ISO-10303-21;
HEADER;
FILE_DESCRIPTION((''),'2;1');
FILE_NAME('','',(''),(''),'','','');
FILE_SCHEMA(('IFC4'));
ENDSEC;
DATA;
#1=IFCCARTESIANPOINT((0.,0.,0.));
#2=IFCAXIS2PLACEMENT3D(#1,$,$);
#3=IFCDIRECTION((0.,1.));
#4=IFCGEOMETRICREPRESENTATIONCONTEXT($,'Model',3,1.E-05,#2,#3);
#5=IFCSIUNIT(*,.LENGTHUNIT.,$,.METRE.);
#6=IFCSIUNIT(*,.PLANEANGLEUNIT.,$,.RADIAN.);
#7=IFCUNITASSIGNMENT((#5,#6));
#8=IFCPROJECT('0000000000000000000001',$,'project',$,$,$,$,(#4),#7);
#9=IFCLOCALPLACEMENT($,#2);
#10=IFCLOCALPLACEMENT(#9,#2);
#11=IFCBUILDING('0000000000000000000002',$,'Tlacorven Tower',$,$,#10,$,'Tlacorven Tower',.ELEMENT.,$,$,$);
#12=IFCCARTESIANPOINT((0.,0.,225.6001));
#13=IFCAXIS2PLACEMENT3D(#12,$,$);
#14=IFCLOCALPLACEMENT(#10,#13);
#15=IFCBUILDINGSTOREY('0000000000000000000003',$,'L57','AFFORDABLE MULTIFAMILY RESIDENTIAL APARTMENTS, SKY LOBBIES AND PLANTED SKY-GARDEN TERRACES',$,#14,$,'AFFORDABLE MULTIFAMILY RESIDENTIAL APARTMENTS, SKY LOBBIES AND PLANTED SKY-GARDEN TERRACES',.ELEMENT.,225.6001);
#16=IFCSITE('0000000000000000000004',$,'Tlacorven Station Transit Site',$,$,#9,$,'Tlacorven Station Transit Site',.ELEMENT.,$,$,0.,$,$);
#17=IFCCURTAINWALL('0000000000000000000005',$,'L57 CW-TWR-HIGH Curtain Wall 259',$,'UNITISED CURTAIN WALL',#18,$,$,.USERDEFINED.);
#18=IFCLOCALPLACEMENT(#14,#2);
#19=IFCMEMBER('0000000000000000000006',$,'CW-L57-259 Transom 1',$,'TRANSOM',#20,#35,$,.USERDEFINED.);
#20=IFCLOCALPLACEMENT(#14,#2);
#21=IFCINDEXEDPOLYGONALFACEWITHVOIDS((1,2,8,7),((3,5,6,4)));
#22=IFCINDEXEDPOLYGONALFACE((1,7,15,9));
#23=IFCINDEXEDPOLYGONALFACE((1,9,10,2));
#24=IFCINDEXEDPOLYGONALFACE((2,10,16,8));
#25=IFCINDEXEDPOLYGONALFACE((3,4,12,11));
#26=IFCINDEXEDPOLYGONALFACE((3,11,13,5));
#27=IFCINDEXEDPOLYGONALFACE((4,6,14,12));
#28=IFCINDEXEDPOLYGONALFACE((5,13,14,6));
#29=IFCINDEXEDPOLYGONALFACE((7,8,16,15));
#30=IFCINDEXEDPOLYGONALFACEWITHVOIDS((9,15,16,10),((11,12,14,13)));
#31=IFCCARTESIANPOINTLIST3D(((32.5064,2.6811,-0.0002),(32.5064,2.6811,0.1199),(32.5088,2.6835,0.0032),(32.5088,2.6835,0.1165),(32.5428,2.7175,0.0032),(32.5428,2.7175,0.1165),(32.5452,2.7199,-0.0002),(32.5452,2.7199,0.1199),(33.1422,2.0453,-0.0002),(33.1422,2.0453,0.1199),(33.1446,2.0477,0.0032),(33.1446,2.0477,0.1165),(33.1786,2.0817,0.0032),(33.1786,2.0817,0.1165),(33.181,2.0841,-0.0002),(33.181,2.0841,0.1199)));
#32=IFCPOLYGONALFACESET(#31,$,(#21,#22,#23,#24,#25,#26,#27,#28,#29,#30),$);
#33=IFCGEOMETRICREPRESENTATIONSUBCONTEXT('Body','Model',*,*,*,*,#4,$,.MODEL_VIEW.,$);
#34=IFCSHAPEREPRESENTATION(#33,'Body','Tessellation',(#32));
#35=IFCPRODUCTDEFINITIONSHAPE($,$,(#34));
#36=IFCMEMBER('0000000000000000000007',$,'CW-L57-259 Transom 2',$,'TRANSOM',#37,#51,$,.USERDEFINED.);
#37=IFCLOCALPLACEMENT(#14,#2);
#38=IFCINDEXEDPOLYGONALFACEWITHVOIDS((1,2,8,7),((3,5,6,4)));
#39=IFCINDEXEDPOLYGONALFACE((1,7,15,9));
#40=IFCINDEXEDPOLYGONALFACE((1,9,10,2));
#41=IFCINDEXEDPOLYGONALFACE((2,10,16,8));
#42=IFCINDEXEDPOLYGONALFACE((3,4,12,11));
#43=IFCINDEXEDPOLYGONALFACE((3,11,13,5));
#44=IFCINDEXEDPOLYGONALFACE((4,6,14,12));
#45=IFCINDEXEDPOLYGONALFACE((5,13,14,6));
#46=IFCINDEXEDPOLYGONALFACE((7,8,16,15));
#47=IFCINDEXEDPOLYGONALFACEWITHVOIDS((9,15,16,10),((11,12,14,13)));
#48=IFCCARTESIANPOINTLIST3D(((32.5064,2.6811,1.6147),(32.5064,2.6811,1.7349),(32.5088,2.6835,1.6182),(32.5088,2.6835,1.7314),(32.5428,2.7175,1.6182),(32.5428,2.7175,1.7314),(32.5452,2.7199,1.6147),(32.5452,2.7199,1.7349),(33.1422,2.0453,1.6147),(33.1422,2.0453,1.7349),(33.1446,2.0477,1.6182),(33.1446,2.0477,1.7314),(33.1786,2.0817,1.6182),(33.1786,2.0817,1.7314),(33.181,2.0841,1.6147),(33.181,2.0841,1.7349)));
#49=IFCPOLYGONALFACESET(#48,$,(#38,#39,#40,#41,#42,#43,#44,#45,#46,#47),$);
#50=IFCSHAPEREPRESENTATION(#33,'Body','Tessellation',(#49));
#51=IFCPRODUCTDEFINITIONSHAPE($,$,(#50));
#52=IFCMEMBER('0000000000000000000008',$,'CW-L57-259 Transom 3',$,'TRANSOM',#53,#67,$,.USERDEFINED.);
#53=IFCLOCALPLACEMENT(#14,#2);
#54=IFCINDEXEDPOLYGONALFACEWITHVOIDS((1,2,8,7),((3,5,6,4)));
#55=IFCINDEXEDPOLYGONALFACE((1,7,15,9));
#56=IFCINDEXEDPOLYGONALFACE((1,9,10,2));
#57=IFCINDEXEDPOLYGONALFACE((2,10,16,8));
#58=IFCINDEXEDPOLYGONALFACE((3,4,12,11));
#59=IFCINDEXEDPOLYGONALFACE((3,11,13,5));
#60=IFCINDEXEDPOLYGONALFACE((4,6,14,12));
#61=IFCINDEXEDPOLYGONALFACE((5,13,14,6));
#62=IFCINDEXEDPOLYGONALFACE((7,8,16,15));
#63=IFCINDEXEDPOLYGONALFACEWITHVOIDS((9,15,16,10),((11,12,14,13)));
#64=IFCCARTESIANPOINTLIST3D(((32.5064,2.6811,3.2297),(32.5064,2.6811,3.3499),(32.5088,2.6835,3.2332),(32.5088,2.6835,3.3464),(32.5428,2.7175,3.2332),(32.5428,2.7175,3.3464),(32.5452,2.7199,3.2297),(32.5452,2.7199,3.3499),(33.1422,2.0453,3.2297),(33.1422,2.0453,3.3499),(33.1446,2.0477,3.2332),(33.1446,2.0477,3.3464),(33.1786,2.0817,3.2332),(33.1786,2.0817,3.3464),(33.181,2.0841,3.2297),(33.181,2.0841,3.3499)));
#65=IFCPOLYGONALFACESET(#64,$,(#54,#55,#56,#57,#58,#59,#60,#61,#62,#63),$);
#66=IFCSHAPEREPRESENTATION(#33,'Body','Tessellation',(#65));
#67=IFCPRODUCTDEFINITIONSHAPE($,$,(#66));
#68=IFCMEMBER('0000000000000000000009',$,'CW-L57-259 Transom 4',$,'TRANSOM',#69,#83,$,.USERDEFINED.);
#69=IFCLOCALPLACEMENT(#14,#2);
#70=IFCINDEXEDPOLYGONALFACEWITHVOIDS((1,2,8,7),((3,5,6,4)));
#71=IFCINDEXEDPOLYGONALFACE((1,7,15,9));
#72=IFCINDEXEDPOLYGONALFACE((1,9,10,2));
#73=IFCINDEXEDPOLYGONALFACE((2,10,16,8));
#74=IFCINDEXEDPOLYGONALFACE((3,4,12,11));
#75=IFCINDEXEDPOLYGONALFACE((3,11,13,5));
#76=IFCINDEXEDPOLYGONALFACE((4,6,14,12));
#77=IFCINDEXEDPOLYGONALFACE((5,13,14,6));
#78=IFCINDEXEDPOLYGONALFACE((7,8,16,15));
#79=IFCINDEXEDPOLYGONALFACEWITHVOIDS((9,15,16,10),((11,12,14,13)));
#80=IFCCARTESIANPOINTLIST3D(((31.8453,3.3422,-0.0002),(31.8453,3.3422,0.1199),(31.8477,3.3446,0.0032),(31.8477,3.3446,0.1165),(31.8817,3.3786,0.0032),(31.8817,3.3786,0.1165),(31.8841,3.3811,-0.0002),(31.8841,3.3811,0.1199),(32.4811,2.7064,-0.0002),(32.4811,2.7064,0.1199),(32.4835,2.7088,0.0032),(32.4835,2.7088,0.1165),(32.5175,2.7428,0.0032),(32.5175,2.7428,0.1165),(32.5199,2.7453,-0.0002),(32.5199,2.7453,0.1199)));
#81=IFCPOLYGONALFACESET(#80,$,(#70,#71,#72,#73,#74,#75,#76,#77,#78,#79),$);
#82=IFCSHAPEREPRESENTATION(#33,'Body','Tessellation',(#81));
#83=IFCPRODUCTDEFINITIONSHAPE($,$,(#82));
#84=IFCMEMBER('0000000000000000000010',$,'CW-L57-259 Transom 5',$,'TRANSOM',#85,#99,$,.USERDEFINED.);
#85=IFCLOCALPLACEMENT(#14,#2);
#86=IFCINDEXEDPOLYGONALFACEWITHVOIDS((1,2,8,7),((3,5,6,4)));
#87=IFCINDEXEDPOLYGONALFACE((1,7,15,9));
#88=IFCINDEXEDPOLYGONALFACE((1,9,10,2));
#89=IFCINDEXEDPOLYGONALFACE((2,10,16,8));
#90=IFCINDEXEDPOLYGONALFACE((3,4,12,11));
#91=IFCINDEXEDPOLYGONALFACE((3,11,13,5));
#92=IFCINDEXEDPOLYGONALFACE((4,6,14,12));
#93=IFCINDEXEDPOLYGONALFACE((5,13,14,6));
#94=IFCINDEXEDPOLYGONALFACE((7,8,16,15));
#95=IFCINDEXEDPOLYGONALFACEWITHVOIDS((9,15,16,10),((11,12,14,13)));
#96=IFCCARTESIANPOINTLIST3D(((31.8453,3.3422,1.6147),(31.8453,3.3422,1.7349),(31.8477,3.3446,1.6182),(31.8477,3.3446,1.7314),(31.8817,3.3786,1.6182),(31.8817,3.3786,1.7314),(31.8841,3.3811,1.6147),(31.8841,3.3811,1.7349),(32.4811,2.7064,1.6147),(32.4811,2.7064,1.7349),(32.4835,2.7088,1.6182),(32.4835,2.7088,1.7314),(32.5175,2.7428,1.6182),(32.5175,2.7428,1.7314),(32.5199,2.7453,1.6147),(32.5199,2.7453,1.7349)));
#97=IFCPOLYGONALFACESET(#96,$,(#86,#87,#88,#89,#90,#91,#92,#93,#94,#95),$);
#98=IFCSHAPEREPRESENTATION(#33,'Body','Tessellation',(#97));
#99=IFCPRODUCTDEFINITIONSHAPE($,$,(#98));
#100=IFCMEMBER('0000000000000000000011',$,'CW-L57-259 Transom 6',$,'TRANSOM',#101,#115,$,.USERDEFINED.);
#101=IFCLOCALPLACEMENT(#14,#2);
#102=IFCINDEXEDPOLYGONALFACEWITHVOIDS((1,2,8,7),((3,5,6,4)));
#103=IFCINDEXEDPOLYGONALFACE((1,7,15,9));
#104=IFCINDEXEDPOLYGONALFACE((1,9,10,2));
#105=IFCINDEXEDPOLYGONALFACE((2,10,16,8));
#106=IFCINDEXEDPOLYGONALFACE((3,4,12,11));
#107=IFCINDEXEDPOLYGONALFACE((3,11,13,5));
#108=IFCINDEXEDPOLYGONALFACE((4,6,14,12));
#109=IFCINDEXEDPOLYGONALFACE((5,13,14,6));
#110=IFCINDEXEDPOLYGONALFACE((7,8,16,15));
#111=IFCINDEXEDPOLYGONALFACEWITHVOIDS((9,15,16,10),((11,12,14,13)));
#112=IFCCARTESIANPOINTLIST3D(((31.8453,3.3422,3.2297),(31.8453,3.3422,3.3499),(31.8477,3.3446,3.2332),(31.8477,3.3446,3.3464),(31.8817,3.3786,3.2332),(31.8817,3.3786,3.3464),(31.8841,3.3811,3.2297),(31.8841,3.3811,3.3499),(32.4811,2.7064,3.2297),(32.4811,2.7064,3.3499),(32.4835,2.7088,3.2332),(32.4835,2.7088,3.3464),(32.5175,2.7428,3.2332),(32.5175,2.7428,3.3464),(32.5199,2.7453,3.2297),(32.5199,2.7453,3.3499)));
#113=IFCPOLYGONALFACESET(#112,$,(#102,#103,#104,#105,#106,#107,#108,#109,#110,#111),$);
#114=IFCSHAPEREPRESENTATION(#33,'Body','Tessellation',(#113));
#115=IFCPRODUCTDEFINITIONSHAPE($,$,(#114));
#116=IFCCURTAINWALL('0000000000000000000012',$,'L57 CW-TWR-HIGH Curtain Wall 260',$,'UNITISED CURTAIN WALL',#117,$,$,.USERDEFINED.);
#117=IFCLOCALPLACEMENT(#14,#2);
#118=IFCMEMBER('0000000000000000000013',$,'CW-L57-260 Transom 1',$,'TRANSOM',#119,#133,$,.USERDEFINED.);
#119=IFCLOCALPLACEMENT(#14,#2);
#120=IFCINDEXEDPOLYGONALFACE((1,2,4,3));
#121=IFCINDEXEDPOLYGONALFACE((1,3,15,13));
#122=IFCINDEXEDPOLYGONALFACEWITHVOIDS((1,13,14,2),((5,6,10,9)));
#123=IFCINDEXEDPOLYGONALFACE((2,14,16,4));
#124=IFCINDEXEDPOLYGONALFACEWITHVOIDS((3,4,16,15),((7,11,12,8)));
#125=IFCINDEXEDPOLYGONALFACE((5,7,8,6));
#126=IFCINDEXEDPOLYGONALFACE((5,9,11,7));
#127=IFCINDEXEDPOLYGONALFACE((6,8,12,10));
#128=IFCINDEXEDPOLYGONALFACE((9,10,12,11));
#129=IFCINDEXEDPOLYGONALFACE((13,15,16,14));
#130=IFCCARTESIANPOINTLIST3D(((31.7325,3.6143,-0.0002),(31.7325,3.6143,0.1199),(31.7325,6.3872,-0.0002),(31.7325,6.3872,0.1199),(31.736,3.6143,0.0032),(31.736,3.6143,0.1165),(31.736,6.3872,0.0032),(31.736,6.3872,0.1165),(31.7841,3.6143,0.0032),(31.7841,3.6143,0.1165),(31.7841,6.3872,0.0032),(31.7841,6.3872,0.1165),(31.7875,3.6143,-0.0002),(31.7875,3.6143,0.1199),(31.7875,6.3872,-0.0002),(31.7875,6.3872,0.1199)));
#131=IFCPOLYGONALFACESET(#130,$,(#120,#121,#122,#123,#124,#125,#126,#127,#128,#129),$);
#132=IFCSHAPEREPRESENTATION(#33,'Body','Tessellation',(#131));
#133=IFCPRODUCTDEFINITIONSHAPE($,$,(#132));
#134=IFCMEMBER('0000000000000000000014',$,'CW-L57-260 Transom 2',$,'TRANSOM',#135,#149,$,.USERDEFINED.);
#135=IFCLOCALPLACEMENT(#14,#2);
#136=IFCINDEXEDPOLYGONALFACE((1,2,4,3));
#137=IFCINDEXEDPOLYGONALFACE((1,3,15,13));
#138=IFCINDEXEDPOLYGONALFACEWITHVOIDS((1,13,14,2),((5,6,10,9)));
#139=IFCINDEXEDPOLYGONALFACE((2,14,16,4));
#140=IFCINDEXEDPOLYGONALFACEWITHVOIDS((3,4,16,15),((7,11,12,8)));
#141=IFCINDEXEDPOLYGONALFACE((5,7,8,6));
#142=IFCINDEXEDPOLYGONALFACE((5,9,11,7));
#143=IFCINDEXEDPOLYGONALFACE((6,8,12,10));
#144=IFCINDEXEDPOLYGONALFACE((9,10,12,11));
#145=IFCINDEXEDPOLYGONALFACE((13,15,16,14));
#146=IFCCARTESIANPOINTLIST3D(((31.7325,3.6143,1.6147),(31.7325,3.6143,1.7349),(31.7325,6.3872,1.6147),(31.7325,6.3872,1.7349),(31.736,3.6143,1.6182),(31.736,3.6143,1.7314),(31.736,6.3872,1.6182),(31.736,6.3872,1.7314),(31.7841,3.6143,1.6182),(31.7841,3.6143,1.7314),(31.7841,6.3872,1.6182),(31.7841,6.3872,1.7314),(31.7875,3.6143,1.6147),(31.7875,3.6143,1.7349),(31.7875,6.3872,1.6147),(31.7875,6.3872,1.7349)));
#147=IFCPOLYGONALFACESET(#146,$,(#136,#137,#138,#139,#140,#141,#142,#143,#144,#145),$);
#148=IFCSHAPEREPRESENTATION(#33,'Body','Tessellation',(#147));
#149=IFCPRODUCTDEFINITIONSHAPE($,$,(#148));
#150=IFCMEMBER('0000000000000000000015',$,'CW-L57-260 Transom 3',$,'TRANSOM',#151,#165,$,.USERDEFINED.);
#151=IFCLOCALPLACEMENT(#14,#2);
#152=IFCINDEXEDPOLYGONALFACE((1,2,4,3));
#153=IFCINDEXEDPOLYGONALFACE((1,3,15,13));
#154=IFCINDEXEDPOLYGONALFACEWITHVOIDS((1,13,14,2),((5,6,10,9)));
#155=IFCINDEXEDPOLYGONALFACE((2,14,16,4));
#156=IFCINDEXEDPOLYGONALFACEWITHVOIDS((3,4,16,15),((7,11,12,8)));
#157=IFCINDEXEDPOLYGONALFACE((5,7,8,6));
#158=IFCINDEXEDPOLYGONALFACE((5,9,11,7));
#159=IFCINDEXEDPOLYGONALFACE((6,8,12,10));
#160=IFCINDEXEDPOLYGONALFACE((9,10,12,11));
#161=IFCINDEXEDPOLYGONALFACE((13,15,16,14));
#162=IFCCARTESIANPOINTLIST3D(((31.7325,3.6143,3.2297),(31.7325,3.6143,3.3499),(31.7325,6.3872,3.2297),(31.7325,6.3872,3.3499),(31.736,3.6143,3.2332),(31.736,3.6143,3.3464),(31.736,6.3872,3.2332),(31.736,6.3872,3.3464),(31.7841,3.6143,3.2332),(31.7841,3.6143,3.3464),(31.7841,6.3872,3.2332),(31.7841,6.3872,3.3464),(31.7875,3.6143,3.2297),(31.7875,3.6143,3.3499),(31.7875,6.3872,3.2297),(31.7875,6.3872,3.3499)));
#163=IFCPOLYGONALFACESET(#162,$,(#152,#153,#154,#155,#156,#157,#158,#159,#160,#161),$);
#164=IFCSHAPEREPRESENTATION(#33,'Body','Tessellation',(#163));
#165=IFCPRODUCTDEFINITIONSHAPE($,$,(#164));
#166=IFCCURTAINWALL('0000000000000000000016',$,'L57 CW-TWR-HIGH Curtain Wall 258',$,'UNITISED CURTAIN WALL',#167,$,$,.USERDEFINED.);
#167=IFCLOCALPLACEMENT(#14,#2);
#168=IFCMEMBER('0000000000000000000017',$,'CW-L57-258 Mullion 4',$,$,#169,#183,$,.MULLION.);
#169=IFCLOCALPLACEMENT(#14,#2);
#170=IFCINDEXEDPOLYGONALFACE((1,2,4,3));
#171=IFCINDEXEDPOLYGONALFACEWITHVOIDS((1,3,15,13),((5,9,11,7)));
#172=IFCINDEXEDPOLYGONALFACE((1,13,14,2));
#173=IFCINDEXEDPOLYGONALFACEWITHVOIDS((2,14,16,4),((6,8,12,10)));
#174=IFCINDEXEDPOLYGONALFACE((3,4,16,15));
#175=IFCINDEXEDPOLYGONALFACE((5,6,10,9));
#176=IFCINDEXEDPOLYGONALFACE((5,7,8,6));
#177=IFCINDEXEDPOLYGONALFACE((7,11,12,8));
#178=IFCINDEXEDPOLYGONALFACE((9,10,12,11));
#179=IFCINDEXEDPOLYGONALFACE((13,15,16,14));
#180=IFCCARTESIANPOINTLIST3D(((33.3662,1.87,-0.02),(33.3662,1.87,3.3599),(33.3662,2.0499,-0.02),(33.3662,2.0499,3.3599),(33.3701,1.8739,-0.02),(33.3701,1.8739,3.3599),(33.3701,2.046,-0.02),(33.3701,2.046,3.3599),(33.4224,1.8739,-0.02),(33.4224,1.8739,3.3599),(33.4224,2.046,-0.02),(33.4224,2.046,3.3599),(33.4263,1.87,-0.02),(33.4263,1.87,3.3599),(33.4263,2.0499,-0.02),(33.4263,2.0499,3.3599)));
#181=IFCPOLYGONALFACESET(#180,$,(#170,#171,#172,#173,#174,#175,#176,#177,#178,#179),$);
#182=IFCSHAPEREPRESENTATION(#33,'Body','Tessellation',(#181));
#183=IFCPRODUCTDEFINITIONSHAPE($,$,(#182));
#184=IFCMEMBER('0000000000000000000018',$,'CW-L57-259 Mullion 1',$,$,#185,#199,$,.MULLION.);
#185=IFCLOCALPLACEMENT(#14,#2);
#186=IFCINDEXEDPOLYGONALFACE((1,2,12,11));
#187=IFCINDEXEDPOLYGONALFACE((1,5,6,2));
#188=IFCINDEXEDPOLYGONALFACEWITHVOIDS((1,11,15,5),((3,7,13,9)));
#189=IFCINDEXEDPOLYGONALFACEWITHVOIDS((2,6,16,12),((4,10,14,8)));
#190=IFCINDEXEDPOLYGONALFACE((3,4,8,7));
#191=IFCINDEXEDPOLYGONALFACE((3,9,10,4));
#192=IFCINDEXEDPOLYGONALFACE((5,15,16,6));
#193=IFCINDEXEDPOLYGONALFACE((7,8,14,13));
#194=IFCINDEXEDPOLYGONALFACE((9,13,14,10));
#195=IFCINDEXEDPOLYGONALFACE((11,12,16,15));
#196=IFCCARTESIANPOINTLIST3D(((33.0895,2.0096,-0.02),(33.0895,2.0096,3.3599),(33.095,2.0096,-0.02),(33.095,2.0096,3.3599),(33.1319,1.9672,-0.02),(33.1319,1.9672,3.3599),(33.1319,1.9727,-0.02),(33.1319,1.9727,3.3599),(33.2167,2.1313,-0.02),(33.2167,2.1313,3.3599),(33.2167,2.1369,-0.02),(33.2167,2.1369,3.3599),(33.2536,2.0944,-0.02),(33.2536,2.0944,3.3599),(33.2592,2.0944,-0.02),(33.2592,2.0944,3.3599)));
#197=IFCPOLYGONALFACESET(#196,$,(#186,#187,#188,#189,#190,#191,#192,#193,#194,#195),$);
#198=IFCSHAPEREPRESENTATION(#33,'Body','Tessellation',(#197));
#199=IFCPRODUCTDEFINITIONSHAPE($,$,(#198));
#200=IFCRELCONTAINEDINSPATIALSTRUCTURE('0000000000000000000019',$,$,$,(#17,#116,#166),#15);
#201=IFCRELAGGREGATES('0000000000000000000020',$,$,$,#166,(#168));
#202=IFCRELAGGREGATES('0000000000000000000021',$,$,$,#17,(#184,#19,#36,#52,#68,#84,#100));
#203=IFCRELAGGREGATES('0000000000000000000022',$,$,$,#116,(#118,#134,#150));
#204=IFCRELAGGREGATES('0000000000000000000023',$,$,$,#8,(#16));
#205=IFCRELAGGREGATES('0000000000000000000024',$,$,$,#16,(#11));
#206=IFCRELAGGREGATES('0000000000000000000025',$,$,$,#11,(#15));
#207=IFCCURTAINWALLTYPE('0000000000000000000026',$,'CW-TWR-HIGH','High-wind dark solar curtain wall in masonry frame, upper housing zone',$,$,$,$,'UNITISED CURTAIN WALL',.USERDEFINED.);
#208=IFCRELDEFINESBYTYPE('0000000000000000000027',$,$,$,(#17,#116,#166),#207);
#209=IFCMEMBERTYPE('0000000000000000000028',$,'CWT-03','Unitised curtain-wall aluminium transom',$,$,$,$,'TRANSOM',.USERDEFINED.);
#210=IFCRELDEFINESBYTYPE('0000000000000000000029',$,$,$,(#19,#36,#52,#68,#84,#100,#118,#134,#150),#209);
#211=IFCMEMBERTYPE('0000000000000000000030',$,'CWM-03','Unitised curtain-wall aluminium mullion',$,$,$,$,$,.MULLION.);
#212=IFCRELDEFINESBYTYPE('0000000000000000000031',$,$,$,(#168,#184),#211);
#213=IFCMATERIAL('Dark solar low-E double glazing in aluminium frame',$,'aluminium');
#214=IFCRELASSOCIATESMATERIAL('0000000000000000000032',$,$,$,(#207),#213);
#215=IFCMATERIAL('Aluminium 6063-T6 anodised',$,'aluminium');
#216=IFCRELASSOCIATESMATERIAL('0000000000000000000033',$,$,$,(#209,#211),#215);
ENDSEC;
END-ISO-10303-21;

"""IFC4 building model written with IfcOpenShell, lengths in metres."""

from ifc_helpers import new_model, si_unit, direction, frame, origin, origin_2d, place, context, subcontext, project, spatial, hollow_rectangle, extrude, source, transform, mapped, material, material_profile, profile_set, type_object, element, aggregate, save


model = new_model("IFC4")

# Units and contexts
model_context = context("Model", 3, precision=1e-05, world=origin(), true_north=direction((0.0, 1.0)))
body_context = subcontext(model_context, "Body", "Model", "MODEL_VIEW")
ifc_project = project(units=[si_unit("LENGTHUNIT", "METRE"), si_unit("PLANEANGLEUNIT", "RADIAN")], contexts=[model_context])

# Site, building, storey
site_placement = place(None, origin())
site = spatial("IfcSite", under=ifc_project, at=site_placement, Name="Tlacorven Station Transit Site", LongName="Tlacorven Station Transit Site", CompositionType="ELEMENT", RefElevation=0.0)
building_placement = place(site_placement, origin())
building = spatial("IfcBuilding", under=site, at=building_placement, Name="Tlacorven Tower", LongName="Tlacorven Tower", CompositionType="ELEMENT")
storey_placement = place(building_placement, frame((0.0, 0.0, 225.6001)))
storey = spatial("IfcBuildingStorey", under=building, at=storey_placement, Name="L57", Description="AFFORDABLE MULTIFAMILY RESIDENTIAL APARTMENTS, SKY LOBBIES AND PLANTED SKY-GARDEN TERRACES", LongName="AFFORDABLE MULTIFAMILY RESIDENTIAL APARTMENTS, SKY LOBBIES AND PLANTED SKY-GARDEN TERRACES", CompositionType="ELEMENT", Elevation=225.6001)

# Curtain walls, members
ifc_material_1 = material(Name="Dark solar low-E double glazing in aluminium frame", Category="aluminium")
curtain_wall_type = type_object("IfcCurtainWallType", Name="CW-TWR-HIGH", Description="High-wind dark solar curtain wall in masonry frame, upper housing zone", ElementType="UNITISED CURTAIN WALL", PredefinedType="USERDEFINED", material=ifc_material_1)
curtain_wall_1_placement = place(storey_placement, origin())
curtain_wall_1 = element("IfcCurtainWall", 1, at=curtain_wall_1_placement, inside=storey, type_object=curtain_wall_type, Name="L57 CW-TWR-HIGH Curtain Wall 259", ObjectType="UNITISED CURTAIN WALL", PredefinedType="USERDEFINED")
ifc_material_2 = material(Name="Aluminium 6063-T6 anodised", Category="aluminium")
ifc_material_profile_1 = material_profile(ifc_material_2, hollow_rectangle(XDim=0.0549, YDim=0.1201, WallThickness=0.0034, at=origin_2d()), Name="ALU TRANSOM 55X120")
ifc_profile_set_1 = profile_set([ifc_material_profile_1], Name="Aluminium 6063-T6 anodised")
member_type_1 = type_object("IfcMemberType", Name="CWT-03", Description="Unitised curtain-wall aluminium transom", ElementType="TRANSOM", PredefinedType="USERDEFINED", material=ifc_profile_set_1)
shared_shape_1 = source(origin(), body_context, "Body", "SweptSolid", [
    extrude(hollow_rectangle(XDim=0.0549, YDim=0.1201, WallThickness=0.0034, at=origin_2d()), origin(), (0.0, 0.0, 1.0), 0.8992),
])
member_1_placement = place(storey_placement, frame((33.1616, 2.0647, 0.0598), z_axis=(-0.707107, 0.707107, 0.0), x_axis=(-0.707107, -0.707107, 0.0)))
member_1 = element("IfcMember", 2, at=member_1_placement, type_object=member_type_1, Name="CW-L57-259 Transom 1", ObjectType="TRANSOM", PredefinedType="USERDEFINED", context=body_context, shape_type="MappedRepresentation", body=[
    mapped(shared_shape_1, transform((0.0, 0.0, 0.0), scale=1.0)),
])
member_2_placement = place(storey_placement, frame((33.1616, 2.0647, 1.6748), z_axis=(-0.707107, 0.707107, 0.0), x_axis=(-0.707107, -0.707107, 0.0)))
member_2 = element("IfcMember", 3, at=member_2_placement, type_object=member_type_1, Name="CW-L57-259 Transom 2", ObjectType="TRANSOM", PredefinedType="USERDEFINED", context=body_context, shape_type="MappedRepresentation", body=[
    mapped(shared_shape_1, transform((0.0, 0.0, 0.0), scale=1.0)),
])
member_3_placement = place(storey_placement, frame((33.1616, 2.0647, 3.2898), z_axis=(-0.707107, 0.707107, 0.0), x_axis=(-0.707107, -0.707107, 0.0)))
member_3 = element("IfcMember", 4, at=member_3_placement, type_object=member_type_1, Name="CW-L57-259 Transom 3", ObjectType="TRANSOM", PredefinedType="USERDEFINED", context=body_context, shape_type="MappedRepresentation", body=[
    mapped(shared_shape_1, transform((0.0, 0.0, 0.0), scale=1.0)),
])
member_4_placement = place(storey_placement, frame((32.5005, 2.7258, 0.0598), z_axis=(-0.707107, 0.707107, 0.0), x_axis=(-0.707107, -0.707107, 0.0)))
member_4 = element("IfcMember", 5, at=member_4_placement, type_object=member_type_1, Name="CW-L57-259 Transom 4", ObjectType="TRANSOM", PredefinedType="USERDEFINED", context=body_context, shape_type="MappedRepresentation", body=[
    mapped(shared_shape_1, transform((0.0, 0.0, 0.0), scale=1.0)),
])
member_5_placement = place(storey_placement, frame((32.5005, 2.7258, 1.6748), z_axis=(-0.707107, 0.707107, 0.0), x_axis=(-0.707107, -0.707107, 0.0)))
member_5 = element("IfcMember", 6, at=member_5_placement, type_object=member_type_1, Name="CW-L57-259 Transom 5", ObjectType="TRANSOM", PredefinedType="USERDEFINED", context=body_context, shape_type="MappedRepresentation", body=[
    mapped(shared_shape_1, transform((0.0, 0.0, 0.0), scale=1.0)),
])
member_6_placement = place(storey_placement, frame((32.5005, 2.7258, 3.2898), z_axis=(-0.707107, 0.707107, 0.0), x_axis=(-0.707107, -0.707107, 0.0)))
member_6 = element("IfcMember", 7, at=member_6_placement, type_object=member_type_1, Name="CW-L57-259 Transom 6", ObjectType="TRANSOM", PredefinedType="USERDEFINED", context=body_context, shape_type="MappedRepresentation", body=[
    mapped(shared_shape_1, transform((0.0, 0.0, 0.0), scale=1.0)),
])
curtain_wall_2_placement = place(storey_placement, origin())
curtain_wall_2 = element("IfcCurtainWall", 8, at=curtain_wall_2_placement, inside=storey, type_object=curtain_wall_type, Name="L57 CW-TWR-HIGH Curtain Wall 260", ObjectType="UNITISED CURTAIN WALL", PredefinedType="USERDEFINED")
shared_shape_2 = source(origin(), body_context, "Body", "SweptSolid", [
    extrude(hollow_rectangle(XDim=0.0549, YDim=0.1201, WallThickness=0.0034, at=origin_2d()), origin(), (0.0, 0.0, 1.0), 2.7729),
])
member_7_placement = place(storey_placement, frame((31.76, 3.6143, 0.0598), z_axis=(0.0, 1.0, 0.0), x_axis=(-1.0, 0.0, 0.0)))
member_7 = element("IfcMember", 9, at=member_7_placement, type_object=member_type_1, Name="CW-L57-260 Transom 1", ObjectType="TRANSOM", PredefinedType="USERDEFINED", context=body_context, shape_type="MappedRepresentation", body=[
    mapped(shared_shape_2, transform((0.0, 0.0, 0.0), scale=1.0)),
])
member_8_placement = place(storey_placement, frame((31.76, 3.6143, 1.6748), z_axis=(0.0, 1.0, 0.0), x_axis=(-1.0, 0.0, 0.0)))
member_8 = element("IfcMember", 10, at=member_8_placement, type_object=member_type_1, Name="CW-L57-260 Transom 2", ObjectType="TRANSOM", PredefinedType="USERDEFINED", context=body_context, shape_type="MappedRepresentation", body=[
    mapped(shared_shape_2, transform((0.0, 0.0, 0.0), scale=1.0)),
])
member_9_placement = place(storey_placement, frame((31.76, 3.6143, 3.2898), z_axis=(0.0, 1.0, 0.0), x_axis=(-1.0, 0.0, 0.0)))
member_9 = element("IfcMember", 11, at=member_9_placement, type_object=member_type_1, Name="CW-L57-260 Transom 3", ObjectType="TRANSOM", PredefinedType="USERDEFINED", context=body_context, shape_type="MappedRepresentation", body=[
    mapped(shared_shape_2, transform((0.0, 0.0, 0.0), scale=1.0)),
])

# Curtain wall, member
curtain_wall_3_placement = place(storey_placement, origin())
curtain_wall_3 = element("IfcCurtainWall", 12, at=curtain_wall_3_placement, inside=storey, type_object=curtain_wall_type, Name="L57 CW-TWR-HIGH Curtain Wall 258", ObjectType="UNITISED CURTAIN WALL", PredefinedType="USERDEFINED")
ifc_material_profile_2 = material_profile(ifc_material_2, hollow_rectangle(XDim=0.0601, YDim=0.1799, WallThickness=0.0039, at=origin_2d()), Name="ALU MULLION 60X180")
ifc_profile_set_2 = profile_set([ifc_material_profile_2], Name="Aluminium 6063-T6 anodised")
member_type_2 = type_object("IfcMemberType", Name="CWM-03", Description="Unitised curtain-wall aluminium mullion", PredefinedType="MULLION", material=ifc_profile_set_2)
shared_shape_3 = source(origin(), body_context, "Body", "SweptSolid", [
    extrude(hollow_rectangle(XDim=0.0601, YDim=0.1799, WallThickness=0.0039, at=origin_2d()), origin(), (0.0, 0.0, 1.0), 3.3799),
])
member_10_placement = place(storey_placement, frame((33.3962, 1.96, -0.02), z_axis=(0.0, 0.0, 1.0), x_axis=(-1.0, 0.0, 0.0)))
member_10 = element("IfcMember", 13, at=member_10_placement, type_object=member_type_2, Name="CW-L57-258 Mullion 4", PredefinedType="MULLION", context=body_context, shape_type="MappedRepresentation", body=[
    mapped(shared_shape_3, transform((0.0, 0.0, 0.0), scale=1.0)),
])
aggregate(curtain_wall_3, [member_10])

# Member
member_11_placement = place(storey_placement, frame((33.1743, 2.052, -0.02), z_axis=(0.0, 0.0, 1.0), x_axis=(-0.707107, 0.707107, 0.0)))
member_11 = element("IfcMember", 14, at=member_11_placement, type_object=member_type_2, Name="CW-L57-259 Mullion 1", PredefinedType="MULLION", context=body_context, shape_type="MappedRepresentation", body=[
    mapped(shared_shape_3, transform((0.0, 0.0, 0.0), scale=1.0)),
])

aggregate(curtain_wall_1, [member_11, member_1, member_2, member_3, member_4, member_5, member_6])
aggregate(curtain_wall_2, [member_7, member_8, member_9])

save(model, "model.ifc")
